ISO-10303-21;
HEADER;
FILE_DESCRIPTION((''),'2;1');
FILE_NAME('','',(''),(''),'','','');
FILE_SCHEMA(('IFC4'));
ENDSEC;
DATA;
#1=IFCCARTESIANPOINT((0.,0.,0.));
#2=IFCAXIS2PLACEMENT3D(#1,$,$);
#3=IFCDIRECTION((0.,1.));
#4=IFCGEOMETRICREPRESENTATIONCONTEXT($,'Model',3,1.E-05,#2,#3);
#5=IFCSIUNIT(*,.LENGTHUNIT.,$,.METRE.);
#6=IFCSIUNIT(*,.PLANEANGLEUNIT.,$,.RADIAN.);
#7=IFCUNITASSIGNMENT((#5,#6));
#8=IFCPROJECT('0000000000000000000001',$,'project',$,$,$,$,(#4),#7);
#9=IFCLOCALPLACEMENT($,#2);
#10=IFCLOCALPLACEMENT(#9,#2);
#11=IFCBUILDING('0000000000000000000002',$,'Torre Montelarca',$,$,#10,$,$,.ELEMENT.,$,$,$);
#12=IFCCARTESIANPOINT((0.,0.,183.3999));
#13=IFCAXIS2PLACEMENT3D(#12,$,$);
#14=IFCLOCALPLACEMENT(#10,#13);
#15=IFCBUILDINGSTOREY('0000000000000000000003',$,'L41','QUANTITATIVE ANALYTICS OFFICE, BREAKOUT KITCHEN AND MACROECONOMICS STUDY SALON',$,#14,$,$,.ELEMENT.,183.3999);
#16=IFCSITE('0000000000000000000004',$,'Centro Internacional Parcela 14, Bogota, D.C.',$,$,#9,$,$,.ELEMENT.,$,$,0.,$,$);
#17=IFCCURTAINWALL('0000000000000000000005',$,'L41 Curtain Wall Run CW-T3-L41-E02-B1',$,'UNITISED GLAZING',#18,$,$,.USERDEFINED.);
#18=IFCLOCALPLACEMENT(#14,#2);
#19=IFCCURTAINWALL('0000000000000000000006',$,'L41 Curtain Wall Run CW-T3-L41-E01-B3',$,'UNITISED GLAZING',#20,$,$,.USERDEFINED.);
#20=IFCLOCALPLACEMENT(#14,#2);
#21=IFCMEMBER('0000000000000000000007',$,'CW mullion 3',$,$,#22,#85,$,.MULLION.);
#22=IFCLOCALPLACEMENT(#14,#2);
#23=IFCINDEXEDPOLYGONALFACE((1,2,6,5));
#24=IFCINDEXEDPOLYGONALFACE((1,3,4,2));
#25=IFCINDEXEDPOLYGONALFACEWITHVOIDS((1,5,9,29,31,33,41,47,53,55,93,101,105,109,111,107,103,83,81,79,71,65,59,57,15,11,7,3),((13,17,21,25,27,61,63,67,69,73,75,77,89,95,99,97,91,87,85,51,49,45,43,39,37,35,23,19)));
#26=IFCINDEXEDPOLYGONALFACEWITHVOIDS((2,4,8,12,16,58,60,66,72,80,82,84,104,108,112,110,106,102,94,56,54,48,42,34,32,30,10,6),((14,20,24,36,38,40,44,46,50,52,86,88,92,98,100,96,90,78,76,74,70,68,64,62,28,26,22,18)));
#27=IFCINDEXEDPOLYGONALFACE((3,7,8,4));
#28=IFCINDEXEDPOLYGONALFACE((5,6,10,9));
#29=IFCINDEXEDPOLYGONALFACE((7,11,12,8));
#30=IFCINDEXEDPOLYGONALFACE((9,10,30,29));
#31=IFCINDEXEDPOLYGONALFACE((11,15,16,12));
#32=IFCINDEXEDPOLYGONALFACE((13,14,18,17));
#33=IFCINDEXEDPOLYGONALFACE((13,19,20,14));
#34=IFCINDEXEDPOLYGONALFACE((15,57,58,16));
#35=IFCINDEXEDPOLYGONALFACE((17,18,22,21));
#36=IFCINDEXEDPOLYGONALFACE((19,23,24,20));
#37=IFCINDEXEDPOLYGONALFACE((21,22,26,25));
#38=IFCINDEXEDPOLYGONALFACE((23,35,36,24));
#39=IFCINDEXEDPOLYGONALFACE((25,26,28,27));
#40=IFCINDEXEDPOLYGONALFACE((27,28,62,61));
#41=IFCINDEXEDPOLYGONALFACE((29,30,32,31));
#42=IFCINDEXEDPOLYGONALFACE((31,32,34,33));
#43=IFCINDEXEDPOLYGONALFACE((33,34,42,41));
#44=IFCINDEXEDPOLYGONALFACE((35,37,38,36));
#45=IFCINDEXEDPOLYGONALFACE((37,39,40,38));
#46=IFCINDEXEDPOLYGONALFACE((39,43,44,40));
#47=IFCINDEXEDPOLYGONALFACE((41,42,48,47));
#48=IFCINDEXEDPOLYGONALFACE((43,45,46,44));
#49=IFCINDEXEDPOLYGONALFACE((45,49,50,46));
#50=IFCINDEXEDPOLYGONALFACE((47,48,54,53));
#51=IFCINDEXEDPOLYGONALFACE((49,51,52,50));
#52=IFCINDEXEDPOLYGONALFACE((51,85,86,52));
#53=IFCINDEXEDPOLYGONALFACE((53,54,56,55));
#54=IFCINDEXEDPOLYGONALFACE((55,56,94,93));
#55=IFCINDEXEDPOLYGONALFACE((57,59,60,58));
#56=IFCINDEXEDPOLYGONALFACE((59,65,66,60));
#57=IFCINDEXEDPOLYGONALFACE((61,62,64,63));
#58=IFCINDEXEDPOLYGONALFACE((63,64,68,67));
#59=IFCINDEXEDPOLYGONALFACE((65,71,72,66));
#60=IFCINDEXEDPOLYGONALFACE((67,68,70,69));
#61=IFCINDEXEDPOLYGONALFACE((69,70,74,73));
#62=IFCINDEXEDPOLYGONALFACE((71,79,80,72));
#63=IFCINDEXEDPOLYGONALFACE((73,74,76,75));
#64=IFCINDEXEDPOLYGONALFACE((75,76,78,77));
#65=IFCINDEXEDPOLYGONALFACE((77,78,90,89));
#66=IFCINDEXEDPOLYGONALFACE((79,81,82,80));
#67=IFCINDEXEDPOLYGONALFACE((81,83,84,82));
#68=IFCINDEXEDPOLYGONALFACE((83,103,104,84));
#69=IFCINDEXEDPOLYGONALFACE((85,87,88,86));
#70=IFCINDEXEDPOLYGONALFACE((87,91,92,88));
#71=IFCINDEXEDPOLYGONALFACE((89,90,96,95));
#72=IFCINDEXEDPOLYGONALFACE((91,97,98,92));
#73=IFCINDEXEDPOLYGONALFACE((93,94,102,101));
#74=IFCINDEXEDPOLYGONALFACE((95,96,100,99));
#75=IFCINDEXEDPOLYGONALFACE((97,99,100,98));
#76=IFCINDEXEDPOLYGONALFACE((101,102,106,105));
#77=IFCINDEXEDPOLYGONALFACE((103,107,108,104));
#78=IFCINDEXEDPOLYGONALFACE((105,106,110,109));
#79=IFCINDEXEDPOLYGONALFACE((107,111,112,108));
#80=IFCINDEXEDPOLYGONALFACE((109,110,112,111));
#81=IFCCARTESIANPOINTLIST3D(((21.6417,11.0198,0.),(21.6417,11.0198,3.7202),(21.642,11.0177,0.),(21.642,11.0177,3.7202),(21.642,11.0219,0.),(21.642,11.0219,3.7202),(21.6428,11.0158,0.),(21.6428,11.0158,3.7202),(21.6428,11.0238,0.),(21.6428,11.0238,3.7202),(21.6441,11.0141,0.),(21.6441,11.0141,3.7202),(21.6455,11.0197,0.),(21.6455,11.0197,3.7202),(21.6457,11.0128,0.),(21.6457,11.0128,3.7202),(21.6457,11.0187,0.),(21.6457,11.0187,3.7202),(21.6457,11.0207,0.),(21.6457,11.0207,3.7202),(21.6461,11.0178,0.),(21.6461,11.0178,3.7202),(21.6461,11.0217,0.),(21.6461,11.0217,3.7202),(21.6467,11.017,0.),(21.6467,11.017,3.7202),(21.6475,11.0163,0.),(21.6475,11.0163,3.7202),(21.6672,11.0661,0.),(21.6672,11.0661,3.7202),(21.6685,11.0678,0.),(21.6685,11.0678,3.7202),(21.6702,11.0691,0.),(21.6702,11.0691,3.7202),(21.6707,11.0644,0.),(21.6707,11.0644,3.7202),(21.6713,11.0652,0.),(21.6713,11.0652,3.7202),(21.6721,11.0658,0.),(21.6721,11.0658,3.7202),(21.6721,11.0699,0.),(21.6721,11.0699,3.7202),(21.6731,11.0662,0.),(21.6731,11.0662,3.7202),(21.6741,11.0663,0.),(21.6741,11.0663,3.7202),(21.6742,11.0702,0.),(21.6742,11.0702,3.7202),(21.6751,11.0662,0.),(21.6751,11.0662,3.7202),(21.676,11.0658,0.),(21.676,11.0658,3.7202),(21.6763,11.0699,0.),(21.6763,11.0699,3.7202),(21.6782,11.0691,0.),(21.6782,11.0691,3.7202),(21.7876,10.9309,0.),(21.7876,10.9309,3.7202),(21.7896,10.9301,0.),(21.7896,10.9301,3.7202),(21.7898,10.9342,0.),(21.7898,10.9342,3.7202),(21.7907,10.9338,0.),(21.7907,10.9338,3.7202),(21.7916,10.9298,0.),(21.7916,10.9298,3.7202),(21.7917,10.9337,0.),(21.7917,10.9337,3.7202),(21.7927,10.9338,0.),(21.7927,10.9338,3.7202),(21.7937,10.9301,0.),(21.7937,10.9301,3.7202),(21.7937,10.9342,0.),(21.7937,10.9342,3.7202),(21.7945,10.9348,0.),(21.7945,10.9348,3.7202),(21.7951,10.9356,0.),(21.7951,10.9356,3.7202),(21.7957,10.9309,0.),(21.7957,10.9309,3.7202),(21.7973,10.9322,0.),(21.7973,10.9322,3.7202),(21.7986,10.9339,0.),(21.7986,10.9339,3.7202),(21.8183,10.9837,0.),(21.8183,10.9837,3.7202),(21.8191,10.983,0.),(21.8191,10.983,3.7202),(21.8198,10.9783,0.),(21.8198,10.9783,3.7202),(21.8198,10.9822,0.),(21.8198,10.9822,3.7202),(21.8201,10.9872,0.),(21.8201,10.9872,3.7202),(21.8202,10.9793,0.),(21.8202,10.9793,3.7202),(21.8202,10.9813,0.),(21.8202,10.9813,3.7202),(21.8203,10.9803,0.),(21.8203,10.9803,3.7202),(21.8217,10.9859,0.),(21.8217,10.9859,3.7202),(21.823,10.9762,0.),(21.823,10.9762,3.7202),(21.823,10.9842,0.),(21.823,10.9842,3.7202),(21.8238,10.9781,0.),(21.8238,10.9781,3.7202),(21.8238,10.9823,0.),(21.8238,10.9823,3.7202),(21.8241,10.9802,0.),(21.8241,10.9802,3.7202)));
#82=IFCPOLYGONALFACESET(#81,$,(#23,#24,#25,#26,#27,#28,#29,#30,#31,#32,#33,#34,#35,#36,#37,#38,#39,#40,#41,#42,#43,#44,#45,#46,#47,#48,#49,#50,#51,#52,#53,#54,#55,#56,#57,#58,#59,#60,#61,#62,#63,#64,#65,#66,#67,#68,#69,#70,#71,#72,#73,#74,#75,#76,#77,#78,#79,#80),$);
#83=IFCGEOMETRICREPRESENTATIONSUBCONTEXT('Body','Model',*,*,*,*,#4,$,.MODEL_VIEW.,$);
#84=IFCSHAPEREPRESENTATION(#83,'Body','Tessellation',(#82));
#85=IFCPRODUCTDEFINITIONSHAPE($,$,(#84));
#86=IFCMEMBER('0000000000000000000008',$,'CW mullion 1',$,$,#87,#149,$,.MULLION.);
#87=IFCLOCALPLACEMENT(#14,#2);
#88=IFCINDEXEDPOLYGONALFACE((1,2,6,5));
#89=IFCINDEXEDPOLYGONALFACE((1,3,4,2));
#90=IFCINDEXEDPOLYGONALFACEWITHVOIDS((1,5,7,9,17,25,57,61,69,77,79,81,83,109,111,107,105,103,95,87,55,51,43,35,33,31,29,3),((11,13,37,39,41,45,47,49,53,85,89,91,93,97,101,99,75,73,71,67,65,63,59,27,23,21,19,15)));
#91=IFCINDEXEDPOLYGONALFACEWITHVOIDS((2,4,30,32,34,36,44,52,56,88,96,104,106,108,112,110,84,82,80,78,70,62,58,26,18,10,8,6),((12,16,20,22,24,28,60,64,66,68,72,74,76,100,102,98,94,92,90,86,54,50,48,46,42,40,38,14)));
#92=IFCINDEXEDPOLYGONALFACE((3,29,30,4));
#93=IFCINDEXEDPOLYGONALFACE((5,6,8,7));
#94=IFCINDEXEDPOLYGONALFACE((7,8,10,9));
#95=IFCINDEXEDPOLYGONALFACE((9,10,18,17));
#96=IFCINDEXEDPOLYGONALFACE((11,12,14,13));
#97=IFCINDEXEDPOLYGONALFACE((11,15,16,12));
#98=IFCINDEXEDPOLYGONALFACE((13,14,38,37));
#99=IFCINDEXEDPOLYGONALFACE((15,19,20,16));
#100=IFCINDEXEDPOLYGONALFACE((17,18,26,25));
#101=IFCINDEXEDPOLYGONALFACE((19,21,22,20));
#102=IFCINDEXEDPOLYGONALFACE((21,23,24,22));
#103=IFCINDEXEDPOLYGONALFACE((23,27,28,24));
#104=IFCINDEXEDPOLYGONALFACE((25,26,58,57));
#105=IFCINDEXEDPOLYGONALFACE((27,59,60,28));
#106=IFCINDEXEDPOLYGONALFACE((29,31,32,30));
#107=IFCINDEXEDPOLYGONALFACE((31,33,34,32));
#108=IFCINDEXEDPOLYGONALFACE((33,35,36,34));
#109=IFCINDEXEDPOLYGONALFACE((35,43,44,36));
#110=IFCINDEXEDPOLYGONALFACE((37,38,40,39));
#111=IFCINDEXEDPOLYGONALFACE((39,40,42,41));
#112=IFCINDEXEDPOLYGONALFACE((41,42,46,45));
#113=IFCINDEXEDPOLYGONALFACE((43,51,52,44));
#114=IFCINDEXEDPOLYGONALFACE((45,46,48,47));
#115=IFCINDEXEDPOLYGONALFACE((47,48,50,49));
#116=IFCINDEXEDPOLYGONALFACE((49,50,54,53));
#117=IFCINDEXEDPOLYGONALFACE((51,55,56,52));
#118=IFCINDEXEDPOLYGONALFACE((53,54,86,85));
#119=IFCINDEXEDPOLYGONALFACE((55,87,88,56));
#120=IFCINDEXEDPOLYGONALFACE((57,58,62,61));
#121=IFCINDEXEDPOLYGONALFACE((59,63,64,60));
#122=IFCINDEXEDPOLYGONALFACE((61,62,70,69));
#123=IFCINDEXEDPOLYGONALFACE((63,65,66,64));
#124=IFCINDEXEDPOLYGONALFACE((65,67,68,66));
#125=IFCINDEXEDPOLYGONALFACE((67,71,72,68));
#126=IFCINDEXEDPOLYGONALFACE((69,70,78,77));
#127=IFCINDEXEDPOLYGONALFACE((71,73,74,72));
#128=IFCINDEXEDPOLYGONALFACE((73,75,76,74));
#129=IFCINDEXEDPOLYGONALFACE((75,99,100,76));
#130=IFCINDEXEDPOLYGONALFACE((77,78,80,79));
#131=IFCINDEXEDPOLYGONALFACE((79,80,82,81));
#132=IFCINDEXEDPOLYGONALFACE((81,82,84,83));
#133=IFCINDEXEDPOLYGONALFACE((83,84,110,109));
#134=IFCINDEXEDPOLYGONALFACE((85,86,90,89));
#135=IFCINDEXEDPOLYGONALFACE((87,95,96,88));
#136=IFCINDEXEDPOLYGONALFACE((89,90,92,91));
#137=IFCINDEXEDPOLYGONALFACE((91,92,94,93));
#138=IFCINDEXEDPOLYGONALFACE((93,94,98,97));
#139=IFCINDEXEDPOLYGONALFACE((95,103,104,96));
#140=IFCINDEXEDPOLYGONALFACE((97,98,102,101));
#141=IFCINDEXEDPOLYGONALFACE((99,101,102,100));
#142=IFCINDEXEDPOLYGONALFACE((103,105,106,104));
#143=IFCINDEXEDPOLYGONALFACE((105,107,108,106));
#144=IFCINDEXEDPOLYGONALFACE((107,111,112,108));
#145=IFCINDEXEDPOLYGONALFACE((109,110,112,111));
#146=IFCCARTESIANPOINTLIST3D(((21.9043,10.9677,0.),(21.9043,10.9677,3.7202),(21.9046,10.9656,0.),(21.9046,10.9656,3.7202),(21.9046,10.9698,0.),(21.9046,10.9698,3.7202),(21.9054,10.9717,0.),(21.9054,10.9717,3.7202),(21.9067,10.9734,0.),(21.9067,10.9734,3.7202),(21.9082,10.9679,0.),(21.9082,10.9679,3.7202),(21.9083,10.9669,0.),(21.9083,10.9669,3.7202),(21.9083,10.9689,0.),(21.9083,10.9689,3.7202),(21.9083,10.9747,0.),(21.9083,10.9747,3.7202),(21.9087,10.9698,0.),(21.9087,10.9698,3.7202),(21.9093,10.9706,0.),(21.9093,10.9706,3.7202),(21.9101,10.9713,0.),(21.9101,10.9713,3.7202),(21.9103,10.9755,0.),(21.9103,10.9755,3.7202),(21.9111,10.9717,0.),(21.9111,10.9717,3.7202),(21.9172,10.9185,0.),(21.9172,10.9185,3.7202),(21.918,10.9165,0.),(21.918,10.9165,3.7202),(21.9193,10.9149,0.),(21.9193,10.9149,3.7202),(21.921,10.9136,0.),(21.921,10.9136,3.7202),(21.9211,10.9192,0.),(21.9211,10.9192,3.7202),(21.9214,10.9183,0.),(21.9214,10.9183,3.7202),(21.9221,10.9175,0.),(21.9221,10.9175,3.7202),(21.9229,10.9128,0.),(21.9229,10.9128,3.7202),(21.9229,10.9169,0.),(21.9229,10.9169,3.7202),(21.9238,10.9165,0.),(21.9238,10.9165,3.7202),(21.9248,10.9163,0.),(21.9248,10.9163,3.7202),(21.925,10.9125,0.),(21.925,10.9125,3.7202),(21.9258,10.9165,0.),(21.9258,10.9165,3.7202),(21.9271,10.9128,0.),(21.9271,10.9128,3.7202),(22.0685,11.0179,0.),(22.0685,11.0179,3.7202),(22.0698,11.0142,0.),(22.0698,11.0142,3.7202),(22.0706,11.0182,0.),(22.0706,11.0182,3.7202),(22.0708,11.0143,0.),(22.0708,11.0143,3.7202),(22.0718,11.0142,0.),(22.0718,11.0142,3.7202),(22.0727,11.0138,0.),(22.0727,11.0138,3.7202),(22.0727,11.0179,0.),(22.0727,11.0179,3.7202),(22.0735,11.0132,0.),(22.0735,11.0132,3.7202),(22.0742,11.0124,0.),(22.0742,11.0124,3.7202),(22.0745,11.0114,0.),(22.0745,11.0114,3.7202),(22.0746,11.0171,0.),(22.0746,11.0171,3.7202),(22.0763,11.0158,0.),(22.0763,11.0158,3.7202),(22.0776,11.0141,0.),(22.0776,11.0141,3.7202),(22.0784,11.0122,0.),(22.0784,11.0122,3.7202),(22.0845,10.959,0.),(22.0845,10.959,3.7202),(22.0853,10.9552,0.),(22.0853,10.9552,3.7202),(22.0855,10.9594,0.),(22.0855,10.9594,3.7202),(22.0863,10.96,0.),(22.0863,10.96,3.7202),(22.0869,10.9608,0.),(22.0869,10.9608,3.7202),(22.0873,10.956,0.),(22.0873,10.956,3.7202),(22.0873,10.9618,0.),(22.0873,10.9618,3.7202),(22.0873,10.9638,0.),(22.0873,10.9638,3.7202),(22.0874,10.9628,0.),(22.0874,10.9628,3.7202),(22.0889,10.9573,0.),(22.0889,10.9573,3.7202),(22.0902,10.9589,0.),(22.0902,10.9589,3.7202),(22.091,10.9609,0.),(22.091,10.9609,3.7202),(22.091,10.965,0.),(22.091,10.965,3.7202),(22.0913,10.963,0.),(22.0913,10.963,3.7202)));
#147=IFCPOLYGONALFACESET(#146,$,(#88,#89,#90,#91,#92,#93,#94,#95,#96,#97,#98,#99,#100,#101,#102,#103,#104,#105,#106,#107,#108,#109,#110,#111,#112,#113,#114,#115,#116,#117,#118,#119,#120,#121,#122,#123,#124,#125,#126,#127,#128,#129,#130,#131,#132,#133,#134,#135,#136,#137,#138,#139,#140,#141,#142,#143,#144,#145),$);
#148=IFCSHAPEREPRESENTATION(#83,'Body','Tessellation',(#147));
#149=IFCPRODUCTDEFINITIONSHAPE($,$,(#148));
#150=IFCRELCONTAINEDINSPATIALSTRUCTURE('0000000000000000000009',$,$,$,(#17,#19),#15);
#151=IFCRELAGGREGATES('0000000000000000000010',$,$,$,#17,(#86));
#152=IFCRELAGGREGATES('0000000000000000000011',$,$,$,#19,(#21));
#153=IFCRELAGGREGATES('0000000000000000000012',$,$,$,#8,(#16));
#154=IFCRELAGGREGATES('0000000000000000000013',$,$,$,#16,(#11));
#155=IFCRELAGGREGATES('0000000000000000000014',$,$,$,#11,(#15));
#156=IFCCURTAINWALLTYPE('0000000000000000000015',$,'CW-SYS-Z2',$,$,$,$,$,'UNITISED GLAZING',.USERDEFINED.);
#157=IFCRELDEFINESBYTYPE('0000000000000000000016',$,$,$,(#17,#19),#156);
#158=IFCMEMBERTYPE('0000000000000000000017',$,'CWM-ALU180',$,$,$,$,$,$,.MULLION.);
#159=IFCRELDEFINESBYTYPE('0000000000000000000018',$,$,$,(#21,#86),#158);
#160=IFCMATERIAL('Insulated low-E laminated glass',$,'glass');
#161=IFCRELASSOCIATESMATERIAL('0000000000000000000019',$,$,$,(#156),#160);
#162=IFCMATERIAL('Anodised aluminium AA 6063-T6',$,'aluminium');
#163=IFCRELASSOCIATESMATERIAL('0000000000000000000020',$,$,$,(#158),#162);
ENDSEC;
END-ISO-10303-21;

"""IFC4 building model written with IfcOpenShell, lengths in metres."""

from ifc_helpers import new_model, si_unit, direction, frame, origin, origin_2d, place, context, subcontext, project, spatial, hollow_rectangle, extrude, source, transform, mapped, material, material_profile, profile_set, type_object, element, aggregate, save


model = new_model("IFC4")

# Units and contexts
model_context = context("Model", 3, precision=1e-05, world=origin(), true_north=direction((0.0, 1.0)))
body_context = subcontext(model_context, "Body", "Model", "MODEL_VIEW")
ifc_project = project(units=[si_unit("LENGTHUNIT", "METRE"), si_unit("PLANEANGLEUNIT", "RADIAN")], contexts=[model_context])

# Site, building, storey
site_placement = place(None, origin())
site = spatial("IfcSite", under=ifc_project, at=site_placement, Name="Centro Internacional Parcela 14, Bogota, D.C.", CompositionType="ELEMENT", RefElevation=0.0)
building_placement = place(site_placement, origin())
building = spatial("IfcBuilding", under=site, at=building_placement, Name="Torre Montelarca", CompositionType="ELEMENT")
storey_placement = place(building_placement, frame((0.0, 0.0, 183.3999)))
storey = spatial("IfcBuildingStorey", under=building, at=storey_placement, Name="L41", Description="QUANTITATIVE ANALYTICS OFFICE, BREAKOUT KITCHEN AND MACROECONOMICS STUDY SALON", CompositionType="ELEMENT", Elevation=183.3999)

# Curtain wall
ifc_material_1 = material(Name="Insulated low-E laminated glass", Category="glass")
curtain_wall_type = type_object("IfcCurtainWallType", Name="CW-SYS-Z2", ElementType="UNITISED GLAZING", PredefinedType="USERDEFINED", material=ifc_material_1)
curtain_wall_1_placement = place(storey_placement, origin())
curtain_wall_1 = element("IfcCurtainWall", 1, at=curtain_wall_1_placement, inside=storey, type_object=curtain_wall_type, Name="L41 Curtain Wall Run CW-T3-L41-E02-B1", ObjectType="UNITISED GLAZING", PredefinedType="USERDEFINED")
ifc_material_2 = material(Name="Anodised aluminium AA 6063-T6", Category="aluminium")

# Shared definitions
ifc_material_profile_1 = material_profile(ifc_material_2, hollow_rectangle(XDim=0.0649, YDim=0.1799, WallThickness=0.0039, InnerFilletRadius=0.0039, OuterFilletRadius=0.0081, at=origin_2d()), Name="ALU65X180X4", Category="aluminium")
ifc_profile_set_1 = profile_set([ifc_material_profile_1], Name="Anodised aluminium AA 6063-T6")
member_type_1 = type_object("IfcMemberType", Name="CWM-ALU180", PredefinedType="MULLION", material=ifc_profile_set_1)
shared_shape_1 = source(origin(), body_context, "Body", "SweptSolid", [
    extrude(hollow_rectangle(XDim=0.0649, YDim=0.1799, WallThickness=0.0039, InnerFilletRadius=0.0039, OuterFilletRadius=0.0081, at=origin_2d()), origin(), (0.0, 0.0, 1.0), 3.7202),
])

# Curtain wall, member
curtain_wall_2_placement = place(storey_placement, origin())
curtain_wall_2 = element("IfcCurtainWall", 2, at=curtain_wall_2_placement, inside=storey, type_object=curtain_wall_type, Name="L41 Curtain Wall Run CW-T3-L41-E01-B3", ObjectType="UNITISED GLAZING", PredefinedType="USERDEFINED")
member_1_placement = place(storey_placement, frame((21.7329, 11.0, 0.0), z_axis=(0.0, 0.0, 1.0), x_axis=(0.499989, 0.866032, 0.0)))
member_1 = element("IfcMember", 3, at=member_1_placement, type_object=member_type_1, Name="CW mullion 3", PredefinedType="MULLION", context=body_context, shape_type="MappedRepresentation", body=[
    mapped(shared_shape_1, transform((0.0, 0.0, 0.0), scale=1.0)),
])

# Member
member_2_placement = place(storey_placement, frame((21.9978, 10.9653, 0.0), z_axis=(0.0, 0.0, 1.0), x_axis=(-0.258826, 0.965924, 0.0)))
member_2 = element("IfcMember", 4, at=member_2_placement, type_object=member_type_1, Name="CW mullion 1", PredefinedType="MULLION", context=body_context, shape_type="MappedRepresentation", body=[
    mapped(shared_shape_1, transform((0.0, 0.0, 0.0), scale=1.0)),
])

aggregate(curtain_wall_1, [member_2])
aggregate(curtain_wall_2, [member_1])

save(model, "model.ifc")
